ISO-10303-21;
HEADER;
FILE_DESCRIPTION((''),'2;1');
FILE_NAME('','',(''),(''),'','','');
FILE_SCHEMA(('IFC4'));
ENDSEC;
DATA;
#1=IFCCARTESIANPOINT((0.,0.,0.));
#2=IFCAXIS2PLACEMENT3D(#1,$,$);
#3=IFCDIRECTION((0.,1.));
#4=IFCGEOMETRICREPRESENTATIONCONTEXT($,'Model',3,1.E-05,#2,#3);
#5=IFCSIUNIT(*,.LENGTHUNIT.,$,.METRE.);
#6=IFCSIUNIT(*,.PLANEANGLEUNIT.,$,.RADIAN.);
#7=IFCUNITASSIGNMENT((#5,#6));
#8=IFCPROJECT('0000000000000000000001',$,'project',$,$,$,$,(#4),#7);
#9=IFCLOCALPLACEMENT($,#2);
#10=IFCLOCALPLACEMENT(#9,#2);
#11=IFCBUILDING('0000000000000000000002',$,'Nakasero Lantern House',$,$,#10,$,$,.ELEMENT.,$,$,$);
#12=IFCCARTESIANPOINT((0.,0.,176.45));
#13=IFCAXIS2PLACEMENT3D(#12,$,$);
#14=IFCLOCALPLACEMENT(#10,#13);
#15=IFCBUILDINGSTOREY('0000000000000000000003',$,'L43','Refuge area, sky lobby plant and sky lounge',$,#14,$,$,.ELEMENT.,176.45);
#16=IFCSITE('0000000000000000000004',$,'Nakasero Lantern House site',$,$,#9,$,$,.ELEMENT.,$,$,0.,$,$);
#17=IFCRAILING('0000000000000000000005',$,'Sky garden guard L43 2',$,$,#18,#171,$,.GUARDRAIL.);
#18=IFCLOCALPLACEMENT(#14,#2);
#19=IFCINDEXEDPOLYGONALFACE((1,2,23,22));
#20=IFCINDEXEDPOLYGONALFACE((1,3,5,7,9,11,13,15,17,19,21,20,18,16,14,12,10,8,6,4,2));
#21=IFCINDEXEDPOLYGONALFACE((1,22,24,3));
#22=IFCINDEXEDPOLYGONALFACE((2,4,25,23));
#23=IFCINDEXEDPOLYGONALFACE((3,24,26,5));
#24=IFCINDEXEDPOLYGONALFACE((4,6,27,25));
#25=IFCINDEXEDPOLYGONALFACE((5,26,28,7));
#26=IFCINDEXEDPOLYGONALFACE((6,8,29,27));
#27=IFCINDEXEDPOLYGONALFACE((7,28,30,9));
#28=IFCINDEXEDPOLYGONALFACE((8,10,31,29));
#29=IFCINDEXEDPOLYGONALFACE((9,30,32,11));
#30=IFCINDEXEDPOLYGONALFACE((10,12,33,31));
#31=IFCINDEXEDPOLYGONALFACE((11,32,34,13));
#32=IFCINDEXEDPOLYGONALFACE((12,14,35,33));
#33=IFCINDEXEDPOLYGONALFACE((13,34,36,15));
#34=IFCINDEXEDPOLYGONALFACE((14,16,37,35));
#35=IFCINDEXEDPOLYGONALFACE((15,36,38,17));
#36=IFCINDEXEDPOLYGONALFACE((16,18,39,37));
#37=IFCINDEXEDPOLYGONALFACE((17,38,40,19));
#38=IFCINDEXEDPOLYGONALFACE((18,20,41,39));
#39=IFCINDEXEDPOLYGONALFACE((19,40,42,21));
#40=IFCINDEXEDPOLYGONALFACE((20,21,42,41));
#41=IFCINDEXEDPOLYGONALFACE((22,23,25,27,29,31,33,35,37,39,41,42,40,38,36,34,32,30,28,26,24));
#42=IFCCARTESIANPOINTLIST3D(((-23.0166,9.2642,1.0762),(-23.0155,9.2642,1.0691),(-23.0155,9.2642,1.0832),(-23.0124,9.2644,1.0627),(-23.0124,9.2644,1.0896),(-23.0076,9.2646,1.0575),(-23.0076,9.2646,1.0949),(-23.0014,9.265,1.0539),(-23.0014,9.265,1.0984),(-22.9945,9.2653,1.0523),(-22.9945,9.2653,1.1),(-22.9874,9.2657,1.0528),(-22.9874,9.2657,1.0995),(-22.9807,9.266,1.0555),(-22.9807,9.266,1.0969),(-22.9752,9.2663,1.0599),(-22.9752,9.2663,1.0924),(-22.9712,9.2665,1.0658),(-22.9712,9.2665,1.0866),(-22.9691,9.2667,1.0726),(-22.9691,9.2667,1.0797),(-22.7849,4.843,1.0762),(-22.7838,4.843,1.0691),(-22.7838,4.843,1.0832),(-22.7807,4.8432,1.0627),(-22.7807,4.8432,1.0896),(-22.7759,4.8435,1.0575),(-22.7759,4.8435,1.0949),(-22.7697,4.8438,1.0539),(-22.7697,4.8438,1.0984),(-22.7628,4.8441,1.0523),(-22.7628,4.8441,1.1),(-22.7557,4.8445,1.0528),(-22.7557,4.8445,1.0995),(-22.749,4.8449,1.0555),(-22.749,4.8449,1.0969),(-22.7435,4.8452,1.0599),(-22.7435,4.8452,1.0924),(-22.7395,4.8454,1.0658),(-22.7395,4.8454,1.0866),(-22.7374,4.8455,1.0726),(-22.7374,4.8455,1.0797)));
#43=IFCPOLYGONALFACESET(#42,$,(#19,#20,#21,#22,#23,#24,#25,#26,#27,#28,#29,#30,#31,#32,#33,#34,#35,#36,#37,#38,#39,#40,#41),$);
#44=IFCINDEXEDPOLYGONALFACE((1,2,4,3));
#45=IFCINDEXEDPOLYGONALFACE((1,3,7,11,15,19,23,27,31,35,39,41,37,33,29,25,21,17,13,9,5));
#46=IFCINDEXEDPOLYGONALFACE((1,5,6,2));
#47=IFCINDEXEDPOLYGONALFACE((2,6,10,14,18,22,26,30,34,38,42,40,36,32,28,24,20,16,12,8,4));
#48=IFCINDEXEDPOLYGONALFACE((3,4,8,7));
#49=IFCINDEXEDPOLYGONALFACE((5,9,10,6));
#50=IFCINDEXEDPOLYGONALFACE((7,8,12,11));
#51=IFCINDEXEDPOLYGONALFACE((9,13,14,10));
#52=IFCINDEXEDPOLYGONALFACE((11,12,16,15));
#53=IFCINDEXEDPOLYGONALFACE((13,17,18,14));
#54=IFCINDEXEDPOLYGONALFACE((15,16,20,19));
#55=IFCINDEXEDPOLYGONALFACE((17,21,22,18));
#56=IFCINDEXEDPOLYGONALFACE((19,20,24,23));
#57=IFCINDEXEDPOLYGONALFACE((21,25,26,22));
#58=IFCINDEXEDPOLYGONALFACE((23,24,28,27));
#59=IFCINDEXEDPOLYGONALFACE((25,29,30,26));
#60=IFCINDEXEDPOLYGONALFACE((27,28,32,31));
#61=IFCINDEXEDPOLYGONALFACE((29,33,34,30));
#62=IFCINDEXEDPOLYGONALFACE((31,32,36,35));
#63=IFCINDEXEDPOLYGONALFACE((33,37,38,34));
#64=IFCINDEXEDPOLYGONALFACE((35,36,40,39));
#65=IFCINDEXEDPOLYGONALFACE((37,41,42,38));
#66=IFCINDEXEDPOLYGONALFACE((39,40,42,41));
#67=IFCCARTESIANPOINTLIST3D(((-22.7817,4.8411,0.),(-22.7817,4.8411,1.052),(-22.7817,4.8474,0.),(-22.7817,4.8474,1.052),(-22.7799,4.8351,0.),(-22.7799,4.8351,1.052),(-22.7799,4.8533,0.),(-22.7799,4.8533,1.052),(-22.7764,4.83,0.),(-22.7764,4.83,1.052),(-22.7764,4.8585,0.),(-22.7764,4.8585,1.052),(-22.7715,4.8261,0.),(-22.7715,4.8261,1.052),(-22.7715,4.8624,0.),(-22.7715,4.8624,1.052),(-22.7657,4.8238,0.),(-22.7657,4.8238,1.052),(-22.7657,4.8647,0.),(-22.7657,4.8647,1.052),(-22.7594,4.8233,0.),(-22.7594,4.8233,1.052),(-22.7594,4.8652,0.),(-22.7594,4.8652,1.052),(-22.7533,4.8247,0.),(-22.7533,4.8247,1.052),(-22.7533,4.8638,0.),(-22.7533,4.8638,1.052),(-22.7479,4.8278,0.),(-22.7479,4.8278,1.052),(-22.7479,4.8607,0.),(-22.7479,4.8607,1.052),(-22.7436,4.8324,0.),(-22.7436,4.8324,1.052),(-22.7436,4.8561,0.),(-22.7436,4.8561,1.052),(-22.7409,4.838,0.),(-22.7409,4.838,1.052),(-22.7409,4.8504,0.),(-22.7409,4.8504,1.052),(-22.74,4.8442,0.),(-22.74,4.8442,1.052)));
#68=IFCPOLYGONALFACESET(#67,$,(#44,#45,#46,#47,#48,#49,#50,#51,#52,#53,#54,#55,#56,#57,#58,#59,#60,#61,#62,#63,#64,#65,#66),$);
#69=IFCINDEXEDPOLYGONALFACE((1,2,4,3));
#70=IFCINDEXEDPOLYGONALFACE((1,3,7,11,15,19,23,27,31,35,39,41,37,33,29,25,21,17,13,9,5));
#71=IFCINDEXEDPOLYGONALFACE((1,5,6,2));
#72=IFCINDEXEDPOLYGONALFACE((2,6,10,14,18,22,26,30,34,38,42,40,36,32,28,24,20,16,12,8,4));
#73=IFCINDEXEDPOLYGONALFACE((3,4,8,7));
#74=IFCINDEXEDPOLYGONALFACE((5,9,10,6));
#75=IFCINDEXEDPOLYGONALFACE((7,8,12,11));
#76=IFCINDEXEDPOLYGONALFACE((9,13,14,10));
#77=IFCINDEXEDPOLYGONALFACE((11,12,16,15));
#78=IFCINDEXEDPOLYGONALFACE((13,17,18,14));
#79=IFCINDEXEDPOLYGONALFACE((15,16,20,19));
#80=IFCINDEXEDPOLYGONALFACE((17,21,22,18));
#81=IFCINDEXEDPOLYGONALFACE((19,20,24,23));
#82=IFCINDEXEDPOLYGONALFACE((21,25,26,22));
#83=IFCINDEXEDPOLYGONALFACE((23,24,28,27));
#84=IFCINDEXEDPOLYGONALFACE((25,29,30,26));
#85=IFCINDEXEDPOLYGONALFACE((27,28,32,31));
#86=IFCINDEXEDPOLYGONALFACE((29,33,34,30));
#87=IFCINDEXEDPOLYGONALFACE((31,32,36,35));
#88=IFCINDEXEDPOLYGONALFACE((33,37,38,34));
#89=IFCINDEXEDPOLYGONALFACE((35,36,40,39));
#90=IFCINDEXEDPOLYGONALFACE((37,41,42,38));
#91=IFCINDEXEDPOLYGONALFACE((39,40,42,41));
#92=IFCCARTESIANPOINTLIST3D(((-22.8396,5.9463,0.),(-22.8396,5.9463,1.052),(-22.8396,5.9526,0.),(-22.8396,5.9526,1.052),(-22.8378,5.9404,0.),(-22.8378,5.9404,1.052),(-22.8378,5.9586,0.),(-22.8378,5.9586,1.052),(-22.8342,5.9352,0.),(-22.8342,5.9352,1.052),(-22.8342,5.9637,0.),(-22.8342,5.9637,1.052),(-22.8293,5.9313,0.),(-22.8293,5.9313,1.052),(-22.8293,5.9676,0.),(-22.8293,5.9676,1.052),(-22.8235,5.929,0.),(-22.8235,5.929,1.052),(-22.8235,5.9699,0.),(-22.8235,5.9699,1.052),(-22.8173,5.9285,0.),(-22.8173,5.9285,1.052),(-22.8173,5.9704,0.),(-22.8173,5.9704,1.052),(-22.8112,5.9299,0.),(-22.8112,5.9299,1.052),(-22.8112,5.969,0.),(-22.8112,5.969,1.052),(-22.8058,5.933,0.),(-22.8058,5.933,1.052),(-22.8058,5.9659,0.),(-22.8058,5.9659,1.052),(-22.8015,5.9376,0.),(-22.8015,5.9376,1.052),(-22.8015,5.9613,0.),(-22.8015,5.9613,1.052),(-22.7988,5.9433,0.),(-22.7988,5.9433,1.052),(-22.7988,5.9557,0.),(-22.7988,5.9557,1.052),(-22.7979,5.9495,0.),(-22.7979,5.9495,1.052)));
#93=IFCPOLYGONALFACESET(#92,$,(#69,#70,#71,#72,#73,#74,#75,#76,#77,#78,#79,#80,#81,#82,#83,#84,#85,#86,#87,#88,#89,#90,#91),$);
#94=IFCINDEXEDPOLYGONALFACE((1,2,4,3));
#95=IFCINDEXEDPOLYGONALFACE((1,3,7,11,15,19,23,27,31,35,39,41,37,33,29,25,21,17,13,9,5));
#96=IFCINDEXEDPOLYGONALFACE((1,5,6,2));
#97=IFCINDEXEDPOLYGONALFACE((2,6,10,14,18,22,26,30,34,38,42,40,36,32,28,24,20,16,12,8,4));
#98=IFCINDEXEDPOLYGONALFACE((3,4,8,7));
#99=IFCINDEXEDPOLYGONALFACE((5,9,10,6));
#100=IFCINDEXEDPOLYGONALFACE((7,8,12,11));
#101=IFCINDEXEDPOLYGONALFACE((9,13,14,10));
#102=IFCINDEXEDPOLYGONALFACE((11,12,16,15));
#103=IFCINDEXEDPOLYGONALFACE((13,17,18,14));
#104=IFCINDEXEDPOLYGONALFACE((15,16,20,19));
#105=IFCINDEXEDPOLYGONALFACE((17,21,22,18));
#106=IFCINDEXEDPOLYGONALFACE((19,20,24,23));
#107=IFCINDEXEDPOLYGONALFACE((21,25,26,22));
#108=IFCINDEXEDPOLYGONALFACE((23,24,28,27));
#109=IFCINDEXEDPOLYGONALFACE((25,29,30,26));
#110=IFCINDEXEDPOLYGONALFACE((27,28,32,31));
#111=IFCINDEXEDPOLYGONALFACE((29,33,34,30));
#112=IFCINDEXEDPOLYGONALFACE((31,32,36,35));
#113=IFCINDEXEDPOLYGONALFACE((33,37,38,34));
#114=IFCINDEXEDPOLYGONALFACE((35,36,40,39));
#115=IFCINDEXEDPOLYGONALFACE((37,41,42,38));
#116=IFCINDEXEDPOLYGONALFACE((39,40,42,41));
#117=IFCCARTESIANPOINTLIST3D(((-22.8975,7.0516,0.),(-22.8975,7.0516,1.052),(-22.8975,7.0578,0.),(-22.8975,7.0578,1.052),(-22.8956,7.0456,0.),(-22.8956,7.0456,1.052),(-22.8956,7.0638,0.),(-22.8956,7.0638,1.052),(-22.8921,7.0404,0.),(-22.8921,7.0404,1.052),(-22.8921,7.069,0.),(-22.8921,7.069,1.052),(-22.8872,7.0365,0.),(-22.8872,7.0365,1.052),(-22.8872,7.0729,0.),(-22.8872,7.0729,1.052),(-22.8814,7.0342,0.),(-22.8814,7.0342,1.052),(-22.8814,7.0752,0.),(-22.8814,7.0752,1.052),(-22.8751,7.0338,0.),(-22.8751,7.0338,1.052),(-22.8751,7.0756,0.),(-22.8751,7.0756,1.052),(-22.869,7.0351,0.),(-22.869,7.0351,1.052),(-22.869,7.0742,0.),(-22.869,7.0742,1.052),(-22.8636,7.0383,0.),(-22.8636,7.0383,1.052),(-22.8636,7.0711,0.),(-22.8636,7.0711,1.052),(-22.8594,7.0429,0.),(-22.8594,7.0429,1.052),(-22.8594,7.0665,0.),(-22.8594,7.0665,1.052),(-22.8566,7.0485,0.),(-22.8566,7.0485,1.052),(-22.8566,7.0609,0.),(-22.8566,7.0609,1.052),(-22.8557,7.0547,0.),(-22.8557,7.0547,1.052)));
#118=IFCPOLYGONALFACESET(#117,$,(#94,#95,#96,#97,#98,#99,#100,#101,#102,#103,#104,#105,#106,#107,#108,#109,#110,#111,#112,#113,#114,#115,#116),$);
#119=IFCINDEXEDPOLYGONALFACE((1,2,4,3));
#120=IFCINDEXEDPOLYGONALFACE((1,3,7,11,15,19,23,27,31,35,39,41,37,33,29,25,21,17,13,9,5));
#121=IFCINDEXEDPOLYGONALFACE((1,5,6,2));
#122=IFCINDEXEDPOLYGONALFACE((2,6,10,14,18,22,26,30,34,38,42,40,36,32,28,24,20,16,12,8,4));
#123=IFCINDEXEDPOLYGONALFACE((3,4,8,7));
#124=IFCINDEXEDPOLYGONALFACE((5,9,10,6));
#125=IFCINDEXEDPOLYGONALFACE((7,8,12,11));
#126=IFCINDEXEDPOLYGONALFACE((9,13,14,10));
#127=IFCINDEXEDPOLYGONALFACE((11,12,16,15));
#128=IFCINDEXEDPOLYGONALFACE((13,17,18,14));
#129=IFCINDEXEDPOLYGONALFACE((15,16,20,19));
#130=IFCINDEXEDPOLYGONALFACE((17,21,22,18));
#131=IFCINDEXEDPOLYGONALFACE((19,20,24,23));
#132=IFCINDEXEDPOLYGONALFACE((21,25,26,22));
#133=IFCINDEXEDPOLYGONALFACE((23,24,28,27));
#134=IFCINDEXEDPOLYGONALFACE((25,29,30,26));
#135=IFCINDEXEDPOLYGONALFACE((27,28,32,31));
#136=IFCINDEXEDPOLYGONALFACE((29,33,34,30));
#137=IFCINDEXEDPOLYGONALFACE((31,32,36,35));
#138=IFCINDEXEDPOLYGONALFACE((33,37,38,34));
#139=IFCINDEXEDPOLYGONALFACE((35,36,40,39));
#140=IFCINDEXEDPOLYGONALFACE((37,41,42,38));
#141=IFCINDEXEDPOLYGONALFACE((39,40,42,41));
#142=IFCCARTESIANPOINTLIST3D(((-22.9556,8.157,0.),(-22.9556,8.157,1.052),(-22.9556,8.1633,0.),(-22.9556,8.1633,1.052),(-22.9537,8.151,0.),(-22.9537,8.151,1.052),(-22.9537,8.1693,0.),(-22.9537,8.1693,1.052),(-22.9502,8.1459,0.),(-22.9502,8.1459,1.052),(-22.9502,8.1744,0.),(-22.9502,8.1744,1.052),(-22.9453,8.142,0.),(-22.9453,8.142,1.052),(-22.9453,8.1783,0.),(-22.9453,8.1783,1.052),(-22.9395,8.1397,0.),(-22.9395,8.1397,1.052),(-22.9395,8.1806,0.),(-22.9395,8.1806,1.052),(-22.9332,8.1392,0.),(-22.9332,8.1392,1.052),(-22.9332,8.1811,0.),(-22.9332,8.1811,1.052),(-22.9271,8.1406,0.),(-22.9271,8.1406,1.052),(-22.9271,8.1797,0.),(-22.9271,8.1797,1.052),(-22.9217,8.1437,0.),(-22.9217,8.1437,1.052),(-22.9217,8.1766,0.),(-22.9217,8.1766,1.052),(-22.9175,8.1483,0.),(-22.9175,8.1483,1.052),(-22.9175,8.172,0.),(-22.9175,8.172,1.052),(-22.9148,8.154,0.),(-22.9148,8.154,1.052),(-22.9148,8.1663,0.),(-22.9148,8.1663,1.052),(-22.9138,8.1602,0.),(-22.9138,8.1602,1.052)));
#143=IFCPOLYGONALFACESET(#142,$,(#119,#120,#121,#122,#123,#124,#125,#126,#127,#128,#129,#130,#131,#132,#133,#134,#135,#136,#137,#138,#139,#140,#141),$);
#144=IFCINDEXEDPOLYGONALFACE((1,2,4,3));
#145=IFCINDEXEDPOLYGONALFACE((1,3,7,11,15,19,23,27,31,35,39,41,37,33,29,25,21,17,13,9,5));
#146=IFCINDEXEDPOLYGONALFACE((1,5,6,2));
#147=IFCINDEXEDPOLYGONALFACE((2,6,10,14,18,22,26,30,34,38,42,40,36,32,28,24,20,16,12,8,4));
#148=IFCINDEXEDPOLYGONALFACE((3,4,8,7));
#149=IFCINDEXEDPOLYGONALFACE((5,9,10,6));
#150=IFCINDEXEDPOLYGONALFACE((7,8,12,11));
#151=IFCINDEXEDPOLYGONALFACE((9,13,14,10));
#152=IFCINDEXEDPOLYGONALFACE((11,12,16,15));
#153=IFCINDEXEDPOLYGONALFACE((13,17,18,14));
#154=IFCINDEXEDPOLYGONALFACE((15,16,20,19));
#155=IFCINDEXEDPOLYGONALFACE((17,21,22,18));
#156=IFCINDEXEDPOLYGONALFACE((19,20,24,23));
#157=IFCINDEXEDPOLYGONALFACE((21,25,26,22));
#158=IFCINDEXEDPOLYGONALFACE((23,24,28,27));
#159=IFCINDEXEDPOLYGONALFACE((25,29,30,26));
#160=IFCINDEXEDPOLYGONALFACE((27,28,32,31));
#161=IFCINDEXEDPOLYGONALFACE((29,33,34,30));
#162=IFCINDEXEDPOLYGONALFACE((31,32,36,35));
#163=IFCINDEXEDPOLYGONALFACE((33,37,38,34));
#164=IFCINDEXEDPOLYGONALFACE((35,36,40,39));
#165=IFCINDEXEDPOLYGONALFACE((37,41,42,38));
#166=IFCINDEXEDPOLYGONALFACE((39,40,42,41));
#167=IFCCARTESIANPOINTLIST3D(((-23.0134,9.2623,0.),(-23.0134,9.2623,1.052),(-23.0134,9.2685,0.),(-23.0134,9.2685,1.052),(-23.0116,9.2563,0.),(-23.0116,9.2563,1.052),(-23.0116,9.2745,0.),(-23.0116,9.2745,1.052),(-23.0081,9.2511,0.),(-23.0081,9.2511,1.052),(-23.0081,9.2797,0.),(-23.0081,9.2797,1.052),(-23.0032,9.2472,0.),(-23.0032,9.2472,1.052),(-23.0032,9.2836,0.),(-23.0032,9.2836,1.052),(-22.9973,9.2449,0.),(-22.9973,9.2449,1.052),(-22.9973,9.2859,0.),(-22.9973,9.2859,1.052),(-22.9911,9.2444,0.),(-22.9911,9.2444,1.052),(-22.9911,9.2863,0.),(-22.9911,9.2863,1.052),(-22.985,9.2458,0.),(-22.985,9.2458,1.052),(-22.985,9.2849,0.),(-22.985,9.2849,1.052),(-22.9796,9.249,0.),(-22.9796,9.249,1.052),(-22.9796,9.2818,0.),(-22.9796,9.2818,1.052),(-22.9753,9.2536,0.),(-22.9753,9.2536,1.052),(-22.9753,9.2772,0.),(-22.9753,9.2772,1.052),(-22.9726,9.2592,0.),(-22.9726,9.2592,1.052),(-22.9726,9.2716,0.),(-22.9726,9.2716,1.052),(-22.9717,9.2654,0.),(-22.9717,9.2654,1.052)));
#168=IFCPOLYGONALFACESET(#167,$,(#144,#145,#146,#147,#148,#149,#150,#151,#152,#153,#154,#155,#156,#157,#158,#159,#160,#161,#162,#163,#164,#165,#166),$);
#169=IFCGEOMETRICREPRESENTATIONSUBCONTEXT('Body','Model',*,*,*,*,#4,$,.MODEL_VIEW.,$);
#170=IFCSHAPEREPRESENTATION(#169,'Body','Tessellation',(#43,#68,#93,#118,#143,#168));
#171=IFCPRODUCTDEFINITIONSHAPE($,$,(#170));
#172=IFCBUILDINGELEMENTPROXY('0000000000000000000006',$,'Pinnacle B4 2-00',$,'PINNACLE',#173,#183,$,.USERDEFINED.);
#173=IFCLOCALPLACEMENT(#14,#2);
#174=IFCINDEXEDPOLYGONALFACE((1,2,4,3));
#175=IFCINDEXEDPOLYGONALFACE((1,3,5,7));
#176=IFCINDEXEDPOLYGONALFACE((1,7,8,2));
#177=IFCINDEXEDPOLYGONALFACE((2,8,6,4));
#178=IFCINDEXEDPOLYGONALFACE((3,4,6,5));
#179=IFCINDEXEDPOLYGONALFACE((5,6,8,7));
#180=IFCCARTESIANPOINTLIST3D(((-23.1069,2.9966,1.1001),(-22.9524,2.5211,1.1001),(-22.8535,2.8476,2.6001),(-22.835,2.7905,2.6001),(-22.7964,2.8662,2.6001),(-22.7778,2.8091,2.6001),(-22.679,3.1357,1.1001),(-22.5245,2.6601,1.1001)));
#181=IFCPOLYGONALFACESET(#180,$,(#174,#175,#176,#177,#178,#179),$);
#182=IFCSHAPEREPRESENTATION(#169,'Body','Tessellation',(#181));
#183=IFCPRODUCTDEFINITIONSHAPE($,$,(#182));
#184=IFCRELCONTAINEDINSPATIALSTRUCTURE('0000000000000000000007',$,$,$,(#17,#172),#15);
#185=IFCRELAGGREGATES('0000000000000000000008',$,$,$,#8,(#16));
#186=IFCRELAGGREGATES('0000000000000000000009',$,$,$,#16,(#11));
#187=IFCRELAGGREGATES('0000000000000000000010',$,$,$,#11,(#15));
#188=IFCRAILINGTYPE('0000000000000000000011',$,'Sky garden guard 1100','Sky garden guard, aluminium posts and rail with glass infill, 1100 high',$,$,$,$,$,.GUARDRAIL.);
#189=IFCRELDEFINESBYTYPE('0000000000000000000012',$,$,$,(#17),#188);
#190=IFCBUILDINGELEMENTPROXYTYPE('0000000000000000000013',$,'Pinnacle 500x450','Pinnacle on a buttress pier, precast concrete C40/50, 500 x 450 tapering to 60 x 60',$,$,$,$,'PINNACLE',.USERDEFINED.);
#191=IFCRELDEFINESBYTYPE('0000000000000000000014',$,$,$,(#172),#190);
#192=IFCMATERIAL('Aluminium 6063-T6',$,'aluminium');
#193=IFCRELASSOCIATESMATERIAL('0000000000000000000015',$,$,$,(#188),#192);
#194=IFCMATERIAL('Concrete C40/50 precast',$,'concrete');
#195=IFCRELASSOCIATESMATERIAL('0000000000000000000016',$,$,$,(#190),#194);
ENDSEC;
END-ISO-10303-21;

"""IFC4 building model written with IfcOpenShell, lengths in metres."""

from ifc_helpers import new_model, entity, si_unit, direction, frame, origin, origin_2d, place, context, subcontext, project, spatial, circle, extrude, material, type_object, element, save


model = new_model("IFC4")

# Units and contexts
model_context = context("Model", 3, precision=1e-05, world=origin(), true_north=direction((0.0, 1.0)))
body_context = subcontext(model_context, "Body", "Model", "MODEL_VIEW")
ifc_project = project(units=[si_unit("LENGTHUNIT", "METRE"), si_unit("PLANEANGLEUNIT", "RADIAN")], contexts=[model_context])

# Site, building, storey
site_placement = place(None, origin())
site = spatial("IfcSite", under=ifc_project, at=site_placement, Name="Nakasero Lantern House site", CompositionType="ELEMENT", RefElevation=0.0)
building_placement = place(site_placement, origin())
building = spatial("IfcBuilding", under=site, at=building_placement, Name="Nakasero Lantern House", CompositionType="ELEMENT")
storey_placement = place(building_placement, frame((0.0, 0.0, 176.45)))
storey = spatial("IfcBuildingStorey", under=building, at=storey_placement, Name="L43", Description="Refuge area, sky lobby plant and sky lounge", CompositionType="ELEMENT", Elevation=176.45)

# Railing
ifc_material_1 = material(Name="Aluminium 6063-T6", Category="aluminium")
railing_type = type_object("IfcRailingType", Name="Sky garden guard 1100", Description="Sky garden guard, aluminium posts and rail with glass infill, 1100 high", PredefinedType="GUARDRAIL", material=ifc_material_1)
railing_placement = place(storey_placement, frame((-22.761, 4.8442, 0.0)))
element("IfcRailing", 1, at=railing_placement, inside=storey, type_object=railing_type, Name="Sky garden guard L43 2", PredefinedType="GUARDRAIL", context=body_context, shape_type="SweptSolid", body=[
    extrude(circle(Radius=0.0239, at=origin_2d()), frame((0.0, 0.0, 1.0762), z_axis=(-0.052333, 0.99863, 0.0), x_axis=(-0.99863, -0.052333, 0.0)), (0.0, 0.0, 1.0), 4.4272),
    extrude(circle(Radius=0.021, at=origin_2d()), origin(), (0.0, 0.0, 1.0), 1.052),
    extrude(circle(Radius=0.021, at=origin_2d()), frame((-0.0579, 1.1052, 0.0)), (0.0, 0.0, 1.0), 1.052),
    extrude(circle(Radius=0.021, at=origin_2d()), frame((-0.1157, 2.2104, 0.0)), (0.0, 0.0, 1.0), 1.052),
    extrude(circle(Radius=0.021, at=origin_2d()), frame((-0.1738, 3.3159, 0.0)), (0.0, 0.0, 1.0), 1.052),
    extrude(circle(Radius=0.021, at=origin_2d()), frame((-0.2317, 4.4211, 0.0)), (0.0, 0.0, 1.0), 1.052),
])

# Building element proxy
ifc_material_2 = material(Name="Concrete C40/50 precast", Category="concrete")
building_element_proxy_type = type_object("IfcBuildingElementProxyType", Name="Pinnacle 500x450", Description="Pinnacle on a buttress pier, precast concrete C40/50, 500 x 450 tapering to 60 x 60", ElementType="PINNACLE", PredefinedType="USERDEFINED", material=ifc_material_2)
proxy_placement = place(storey_placement, frame((-22.8157, 2.8284, 1.1001), z_axis=(0.0, 0.0, 1.0), x_axis=(-0.951057, -0.309017, 0.0)))
element("IfcBuildingElementProxy", 2, at=proxy_placement, inside=storey, type_object=building_element_proxy_type, Name="Pinnacle B4 2-00", ObjectType="PINNACLE", PredefinedType="USERDEFINED", context=body_context, shape_type="SweptSolid", body=[
    entity("IfcExtrudedAreaSolidTapered", entity("IfcRectangleProfileDef", "AREA", None, entity("IfcAxis2Placement2D", entity("IfcCartesianPoint", [0.0, 0.0])), 0.45, 0.5), entity("IfcAxis2Placement3D", entity("IfcCartesianPoint", [0.0, 0.0, 0.0])), entity("IfcDirection", [0.0, 0.0, 1.0]), 1.5, entity("IfcRectangleProfileDef", "AREA", None, entity("IfcAxis2Placement2D", entity("IfcCartesianPoint", [0.0, 0.0])), 0.0601, 0.0601)),
])

save(model, "model.ifc")
